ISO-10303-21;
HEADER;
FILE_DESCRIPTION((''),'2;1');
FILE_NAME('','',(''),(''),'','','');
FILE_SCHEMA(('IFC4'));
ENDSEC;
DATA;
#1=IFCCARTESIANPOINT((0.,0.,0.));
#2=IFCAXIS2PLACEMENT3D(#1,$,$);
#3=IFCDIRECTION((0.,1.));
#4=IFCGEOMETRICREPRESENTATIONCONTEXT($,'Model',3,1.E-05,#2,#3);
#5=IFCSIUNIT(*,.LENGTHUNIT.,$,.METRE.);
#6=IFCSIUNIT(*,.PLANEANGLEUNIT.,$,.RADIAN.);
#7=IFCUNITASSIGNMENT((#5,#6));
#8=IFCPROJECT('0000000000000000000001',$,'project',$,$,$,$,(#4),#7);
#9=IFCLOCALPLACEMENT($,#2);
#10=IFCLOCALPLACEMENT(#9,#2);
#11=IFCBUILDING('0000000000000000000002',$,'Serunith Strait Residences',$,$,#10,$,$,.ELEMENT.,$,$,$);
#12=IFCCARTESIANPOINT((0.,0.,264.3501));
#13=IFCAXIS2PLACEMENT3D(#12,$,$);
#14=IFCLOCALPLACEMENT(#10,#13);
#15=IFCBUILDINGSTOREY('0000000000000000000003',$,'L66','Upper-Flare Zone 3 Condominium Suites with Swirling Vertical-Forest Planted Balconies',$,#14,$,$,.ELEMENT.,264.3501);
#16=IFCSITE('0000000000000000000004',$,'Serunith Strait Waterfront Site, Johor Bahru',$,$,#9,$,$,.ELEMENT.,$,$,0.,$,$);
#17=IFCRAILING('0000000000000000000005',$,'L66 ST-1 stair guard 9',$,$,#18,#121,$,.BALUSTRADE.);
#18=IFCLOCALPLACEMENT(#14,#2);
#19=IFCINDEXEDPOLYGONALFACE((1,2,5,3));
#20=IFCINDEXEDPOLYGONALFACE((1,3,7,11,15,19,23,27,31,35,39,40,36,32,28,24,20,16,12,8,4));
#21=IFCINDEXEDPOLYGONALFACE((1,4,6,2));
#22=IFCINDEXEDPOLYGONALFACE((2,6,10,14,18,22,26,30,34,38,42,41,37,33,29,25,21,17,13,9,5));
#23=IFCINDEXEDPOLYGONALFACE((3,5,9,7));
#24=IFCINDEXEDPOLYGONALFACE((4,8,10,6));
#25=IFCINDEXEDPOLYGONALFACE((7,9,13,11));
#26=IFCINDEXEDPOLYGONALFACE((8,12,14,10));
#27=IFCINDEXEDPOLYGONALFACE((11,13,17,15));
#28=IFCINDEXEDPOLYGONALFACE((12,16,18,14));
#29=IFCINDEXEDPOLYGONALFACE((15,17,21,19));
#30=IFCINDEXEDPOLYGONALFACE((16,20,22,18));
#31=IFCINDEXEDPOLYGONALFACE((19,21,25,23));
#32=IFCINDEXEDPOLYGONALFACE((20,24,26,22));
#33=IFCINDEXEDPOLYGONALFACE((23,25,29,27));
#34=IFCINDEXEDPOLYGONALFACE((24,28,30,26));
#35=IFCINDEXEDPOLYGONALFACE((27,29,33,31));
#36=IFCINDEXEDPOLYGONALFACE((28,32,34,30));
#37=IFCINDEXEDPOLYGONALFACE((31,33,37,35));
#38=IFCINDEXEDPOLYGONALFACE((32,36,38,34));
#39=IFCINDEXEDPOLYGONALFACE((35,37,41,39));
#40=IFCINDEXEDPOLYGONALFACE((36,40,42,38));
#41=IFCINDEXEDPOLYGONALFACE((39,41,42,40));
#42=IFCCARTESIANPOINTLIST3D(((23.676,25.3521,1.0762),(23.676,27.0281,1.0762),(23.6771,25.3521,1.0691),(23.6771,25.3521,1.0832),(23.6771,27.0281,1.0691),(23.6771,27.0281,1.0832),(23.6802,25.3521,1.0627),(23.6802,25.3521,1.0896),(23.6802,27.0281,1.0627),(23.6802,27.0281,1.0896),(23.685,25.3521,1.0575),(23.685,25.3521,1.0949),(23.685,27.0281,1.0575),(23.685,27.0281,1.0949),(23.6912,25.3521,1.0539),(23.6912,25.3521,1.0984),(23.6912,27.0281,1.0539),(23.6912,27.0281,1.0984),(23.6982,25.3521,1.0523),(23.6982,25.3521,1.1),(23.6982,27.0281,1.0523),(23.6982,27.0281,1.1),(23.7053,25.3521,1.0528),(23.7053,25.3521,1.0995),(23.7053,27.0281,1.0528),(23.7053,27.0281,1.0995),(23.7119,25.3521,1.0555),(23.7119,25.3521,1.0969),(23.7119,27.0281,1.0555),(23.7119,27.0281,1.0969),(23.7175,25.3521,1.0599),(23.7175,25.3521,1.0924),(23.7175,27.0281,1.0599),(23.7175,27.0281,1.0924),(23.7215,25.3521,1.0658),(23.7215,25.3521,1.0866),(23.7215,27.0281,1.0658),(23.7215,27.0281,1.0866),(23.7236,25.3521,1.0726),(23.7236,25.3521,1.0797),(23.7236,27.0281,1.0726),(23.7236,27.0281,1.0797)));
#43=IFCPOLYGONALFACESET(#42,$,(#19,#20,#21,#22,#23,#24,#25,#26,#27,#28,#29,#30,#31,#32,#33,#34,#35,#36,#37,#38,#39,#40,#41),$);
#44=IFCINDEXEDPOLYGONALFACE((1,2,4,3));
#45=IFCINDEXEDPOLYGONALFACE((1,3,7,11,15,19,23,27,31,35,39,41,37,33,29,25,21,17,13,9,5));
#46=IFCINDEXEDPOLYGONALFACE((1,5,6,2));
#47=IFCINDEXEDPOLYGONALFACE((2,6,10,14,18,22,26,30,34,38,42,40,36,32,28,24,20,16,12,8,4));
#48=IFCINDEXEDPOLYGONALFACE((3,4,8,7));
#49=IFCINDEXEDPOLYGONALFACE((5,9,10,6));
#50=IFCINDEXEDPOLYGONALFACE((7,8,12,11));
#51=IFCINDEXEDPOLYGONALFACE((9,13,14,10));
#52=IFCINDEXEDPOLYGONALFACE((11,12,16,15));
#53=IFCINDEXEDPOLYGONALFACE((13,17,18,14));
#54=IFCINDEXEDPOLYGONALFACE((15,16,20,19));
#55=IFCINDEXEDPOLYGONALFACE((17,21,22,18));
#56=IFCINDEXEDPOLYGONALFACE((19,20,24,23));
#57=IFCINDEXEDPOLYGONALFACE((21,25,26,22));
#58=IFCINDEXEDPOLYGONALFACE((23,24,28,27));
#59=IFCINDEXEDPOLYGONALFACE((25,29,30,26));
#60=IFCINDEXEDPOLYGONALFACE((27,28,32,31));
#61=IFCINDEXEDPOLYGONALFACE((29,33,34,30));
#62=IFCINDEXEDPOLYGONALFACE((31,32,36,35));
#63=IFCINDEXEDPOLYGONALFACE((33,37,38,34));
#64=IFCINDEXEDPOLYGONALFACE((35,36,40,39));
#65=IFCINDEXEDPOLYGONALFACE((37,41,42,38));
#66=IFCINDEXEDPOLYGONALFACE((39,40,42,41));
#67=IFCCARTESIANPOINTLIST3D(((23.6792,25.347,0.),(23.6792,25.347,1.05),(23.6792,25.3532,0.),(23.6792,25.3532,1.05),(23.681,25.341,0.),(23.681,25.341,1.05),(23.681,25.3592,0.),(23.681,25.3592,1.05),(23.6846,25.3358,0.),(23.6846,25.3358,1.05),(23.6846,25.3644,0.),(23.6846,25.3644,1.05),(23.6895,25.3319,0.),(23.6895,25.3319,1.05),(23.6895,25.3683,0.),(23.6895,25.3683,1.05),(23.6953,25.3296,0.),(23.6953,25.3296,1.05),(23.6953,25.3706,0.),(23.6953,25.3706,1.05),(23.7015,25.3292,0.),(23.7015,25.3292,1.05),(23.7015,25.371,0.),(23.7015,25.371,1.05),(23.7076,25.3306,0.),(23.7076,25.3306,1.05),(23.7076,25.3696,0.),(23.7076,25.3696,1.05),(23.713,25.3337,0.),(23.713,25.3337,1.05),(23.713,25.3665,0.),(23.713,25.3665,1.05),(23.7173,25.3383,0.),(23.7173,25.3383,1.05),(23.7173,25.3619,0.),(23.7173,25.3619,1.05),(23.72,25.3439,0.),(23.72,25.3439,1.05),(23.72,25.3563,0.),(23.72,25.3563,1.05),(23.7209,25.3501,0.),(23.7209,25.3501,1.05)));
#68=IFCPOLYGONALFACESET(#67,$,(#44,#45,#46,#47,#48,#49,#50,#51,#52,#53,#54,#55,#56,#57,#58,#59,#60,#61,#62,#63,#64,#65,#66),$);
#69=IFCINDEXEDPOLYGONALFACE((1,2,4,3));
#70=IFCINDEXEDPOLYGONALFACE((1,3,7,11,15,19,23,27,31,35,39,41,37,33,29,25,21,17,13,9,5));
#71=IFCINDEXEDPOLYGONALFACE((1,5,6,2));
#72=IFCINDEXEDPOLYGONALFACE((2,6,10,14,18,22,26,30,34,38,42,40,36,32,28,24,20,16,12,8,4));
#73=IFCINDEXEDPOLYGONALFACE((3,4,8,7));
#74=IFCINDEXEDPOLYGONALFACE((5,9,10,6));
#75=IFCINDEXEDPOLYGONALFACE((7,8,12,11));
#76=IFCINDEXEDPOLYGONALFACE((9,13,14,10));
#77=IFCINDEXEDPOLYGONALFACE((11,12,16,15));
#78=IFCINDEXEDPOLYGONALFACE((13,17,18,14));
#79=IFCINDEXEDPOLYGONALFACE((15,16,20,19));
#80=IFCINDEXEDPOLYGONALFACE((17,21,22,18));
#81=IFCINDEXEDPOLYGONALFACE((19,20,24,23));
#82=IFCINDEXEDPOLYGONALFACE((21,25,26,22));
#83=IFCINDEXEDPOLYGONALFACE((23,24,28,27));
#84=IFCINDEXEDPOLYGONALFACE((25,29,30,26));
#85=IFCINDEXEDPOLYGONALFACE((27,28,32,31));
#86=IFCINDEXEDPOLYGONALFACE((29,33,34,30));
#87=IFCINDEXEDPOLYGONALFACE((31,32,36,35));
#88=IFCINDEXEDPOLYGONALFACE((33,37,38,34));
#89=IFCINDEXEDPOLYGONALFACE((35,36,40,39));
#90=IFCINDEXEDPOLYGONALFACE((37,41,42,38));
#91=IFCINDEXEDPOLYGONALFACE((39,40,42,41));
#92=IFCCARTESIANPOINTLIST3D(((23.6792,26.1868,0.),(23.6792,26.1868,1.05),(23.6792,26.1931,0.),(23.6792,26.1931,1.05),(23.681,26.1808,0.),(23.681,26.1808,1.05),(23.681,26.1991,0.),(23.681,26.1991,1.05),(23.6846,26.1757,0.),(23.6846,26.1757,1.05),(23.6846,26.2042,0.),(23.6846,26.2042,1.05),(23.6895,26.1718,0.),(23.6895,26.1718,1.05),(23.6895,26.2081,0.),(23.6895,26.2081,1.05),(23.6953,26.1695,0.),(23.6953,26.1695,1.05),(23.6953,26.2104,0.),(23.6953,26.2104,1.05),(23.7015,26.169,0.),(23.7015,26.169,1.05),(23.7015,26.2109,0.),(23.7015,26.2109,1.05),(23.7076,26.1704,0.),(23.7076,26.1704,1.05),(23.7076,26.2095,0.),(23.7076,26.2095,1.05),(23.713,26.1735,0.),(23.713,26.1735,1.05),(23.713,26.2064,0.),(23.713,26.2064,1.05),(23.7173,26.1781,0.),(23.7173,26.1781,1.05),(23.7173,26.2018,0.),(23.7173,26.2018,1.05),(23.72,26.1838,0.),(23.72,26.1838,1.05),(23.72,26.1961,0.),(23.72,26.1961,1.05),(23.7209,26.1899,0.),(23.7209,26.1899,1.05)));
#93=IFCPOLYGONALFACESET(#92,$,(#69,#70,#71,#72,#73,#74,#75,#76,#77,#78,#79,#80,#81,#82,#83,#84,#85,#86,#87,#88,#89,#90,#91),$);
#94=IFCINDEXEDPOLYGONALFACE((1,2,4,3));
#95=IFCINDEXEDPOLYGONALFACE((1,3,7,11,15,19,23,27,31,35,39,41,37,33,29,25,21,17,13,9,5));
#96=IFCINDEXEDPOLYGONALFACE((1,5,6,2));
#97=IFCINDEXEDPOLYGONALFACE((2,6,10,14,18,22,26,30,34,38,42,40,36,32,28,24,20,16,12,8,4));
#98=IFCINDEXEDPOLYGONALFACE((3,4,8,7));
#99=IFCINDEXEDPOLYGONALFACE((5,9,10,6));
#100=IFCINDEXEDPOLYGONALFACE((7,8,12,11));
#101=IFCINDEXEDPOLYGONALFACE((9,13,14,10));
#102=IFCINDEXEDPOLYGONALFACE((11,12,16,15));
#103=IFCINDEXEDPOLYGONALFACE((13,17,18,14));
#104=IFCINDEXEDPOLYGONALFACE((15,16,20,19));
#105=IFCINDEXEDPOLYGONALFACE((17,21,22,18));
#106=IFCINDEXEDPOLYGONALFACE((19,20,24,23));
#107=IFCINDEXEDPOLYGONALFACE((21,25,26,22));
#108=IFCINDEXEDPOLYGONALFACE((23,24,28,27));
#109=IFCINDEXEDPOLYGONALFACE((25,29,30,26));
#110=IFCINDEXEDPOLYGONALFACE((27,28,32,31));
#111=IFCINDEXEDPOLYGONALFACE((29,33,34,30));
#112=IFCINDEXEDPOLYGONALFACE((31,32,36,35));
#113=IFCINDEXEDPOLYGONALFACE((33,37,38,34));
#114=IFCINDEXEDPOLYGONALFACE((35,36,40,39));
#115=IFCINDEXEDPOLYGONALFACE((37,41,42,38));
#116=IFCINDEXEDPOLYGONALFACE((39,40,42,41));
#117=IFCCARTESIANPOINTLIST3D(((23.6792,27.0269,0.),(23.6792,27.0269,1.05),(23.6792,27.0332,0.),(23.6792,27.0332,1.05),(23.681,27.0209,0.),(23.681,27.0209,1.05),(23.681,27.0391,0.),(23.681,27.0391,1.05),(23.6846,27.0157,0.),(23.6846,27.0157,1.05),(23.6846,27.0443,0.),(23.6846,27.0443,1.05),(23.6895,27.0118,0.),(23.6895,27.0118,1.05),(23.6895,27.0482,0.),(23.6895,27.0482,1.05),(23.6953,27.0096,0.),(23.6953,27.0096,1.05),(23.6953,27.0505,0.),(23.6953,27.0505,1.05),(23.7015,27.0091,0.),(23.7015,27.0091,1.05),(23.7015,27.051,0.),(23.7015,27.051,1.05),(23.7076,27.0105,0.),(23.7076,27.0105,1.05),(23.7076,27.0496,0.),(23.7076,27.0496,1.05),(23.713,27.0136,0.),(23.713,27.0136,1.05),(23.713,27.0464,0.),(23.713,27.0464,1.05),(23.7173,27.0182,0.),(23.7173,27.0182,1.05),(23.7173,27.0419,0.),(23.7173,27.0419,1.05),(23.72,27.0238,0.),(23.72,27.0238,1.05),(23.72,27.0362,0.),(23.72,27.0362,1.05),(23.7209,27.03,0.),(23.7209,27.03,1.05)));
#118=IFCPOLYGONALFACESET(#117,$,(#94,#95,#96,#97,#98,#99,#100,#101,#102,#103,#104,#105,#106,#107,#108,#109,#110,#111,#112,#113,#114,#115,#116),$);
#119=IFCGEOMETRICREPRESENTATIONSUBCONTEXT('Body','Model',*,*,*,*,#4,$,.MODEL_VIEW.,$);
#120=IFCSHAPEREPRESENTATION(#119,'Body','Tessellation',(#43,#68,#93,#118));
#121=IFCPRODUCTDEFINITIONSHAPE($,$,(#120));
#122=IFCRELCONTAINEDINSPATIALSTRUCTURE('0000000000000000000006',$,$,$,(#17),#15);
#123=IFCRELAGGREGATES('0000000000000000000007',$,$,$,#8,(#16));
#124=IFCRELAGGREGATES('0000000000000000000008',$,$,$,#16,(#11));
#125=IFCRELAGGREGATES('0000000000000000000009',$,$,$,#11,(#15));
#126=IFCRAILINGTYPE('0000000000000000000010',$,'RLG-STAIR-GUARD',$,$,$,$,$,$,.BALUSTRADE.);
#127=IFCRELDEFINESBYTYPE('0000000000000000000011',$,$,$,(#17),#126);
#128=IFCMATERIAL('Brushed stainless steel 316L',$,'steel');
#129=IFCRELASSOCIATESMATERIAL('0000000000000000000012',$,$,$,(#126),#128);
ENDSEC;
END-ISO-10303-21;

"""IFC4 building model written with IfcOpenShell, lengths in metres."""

from ifc_helpers import new_model, si_unit, direction, frame, origin, origin_2d, place, context, subcontext, project, spatial, circle, extrude, material, type_object, element, save


model = new_model("IFC4")

# Units and contexts
model_context = context("Model", 3, precision=1e-05, world=origin(), true_north=direction((0.0, 1.0)))
body_context = subcontext(model_context, "Body", "Model", "MODEL_VIEW")
ifc_project = project(units=[si_unit("LENGTHUNIT", "METRE"), si_unit("PLANEANGLEUNIT", "RADIAN")], contexts=[model_context])

# Site, building, storey
site_placement = place(None, origin())
site = spatial("IfcSite", under=ifc_project, at=site_placement, Name="Serunith Strait Waterfront Site, Johor Bahru", CompositionType="ELEMENT", RefElevation=0.0)
building_placement = place(site_placement, origin())
building = spatial("IfcBuilding", under=site, at=building_placement, Name="Serunith Strait Residences", CompositionType="ELEMENT")
storey_placement = place(building_placement, frame((0.0, 0.0, 264.3501)))
storey = spatial("IfcBuildingStorey", under=building, at=storey_placement, Name="L66", Description="Upper-Flare Zone 3 Condominium Suites with Swirling Vertical-Forest Planted Balconies", CompositionType="ELEMENT", Elevation=264.3501)

# Railing
ifc_material_1 = material(Name="Brushed stainless steel 316L", Category="steel")
railing_type_1 = type_object("IfcRailingType", Name="RLG-STAIR-GUARD", PredefinedType="BALUSTRADE", material=ifc_material_1)
for number, where, name in (
    (1, (23.7, 25.3501, 0.0), "L66 ST-1 stair guard 9"),
):
    element("IfcRailing", number, at=place(storey_placement, frame(where)), inside=storey, type_object=railing_type_1, Name=name, PredefinedType="BALUSTRADE", context=body_context, shape_type="SweptSolid", body=[
        extrude(circle(Radius=0.0239, at=origin_2d()), frame((0.0, 0.002, 1.0762), z_axis=(0.0, 1.0, 0.0), x_axis=(-1.0, 0.0, 0.0)), (0.0, 0.0, 1.0), 1.676),
        extrude(circle(Radius=0.021, at=origin_2d()), origin(), (0.0, 0.0, 1.0), 1.05),
        extrude(circle(Radius=0.021, at=origin_2d()), frame((0.0, 0.8398, 0.0)), (0.0, 0.0, 1.0), 1.05),
        extrude(circle(Radius=0.021, at=origin_2d()), frame((0.0, 1.6799, 0.0)), (0.0, 0.0, 1.0), 1.05),
    ])

save(model, "model.ifc")
